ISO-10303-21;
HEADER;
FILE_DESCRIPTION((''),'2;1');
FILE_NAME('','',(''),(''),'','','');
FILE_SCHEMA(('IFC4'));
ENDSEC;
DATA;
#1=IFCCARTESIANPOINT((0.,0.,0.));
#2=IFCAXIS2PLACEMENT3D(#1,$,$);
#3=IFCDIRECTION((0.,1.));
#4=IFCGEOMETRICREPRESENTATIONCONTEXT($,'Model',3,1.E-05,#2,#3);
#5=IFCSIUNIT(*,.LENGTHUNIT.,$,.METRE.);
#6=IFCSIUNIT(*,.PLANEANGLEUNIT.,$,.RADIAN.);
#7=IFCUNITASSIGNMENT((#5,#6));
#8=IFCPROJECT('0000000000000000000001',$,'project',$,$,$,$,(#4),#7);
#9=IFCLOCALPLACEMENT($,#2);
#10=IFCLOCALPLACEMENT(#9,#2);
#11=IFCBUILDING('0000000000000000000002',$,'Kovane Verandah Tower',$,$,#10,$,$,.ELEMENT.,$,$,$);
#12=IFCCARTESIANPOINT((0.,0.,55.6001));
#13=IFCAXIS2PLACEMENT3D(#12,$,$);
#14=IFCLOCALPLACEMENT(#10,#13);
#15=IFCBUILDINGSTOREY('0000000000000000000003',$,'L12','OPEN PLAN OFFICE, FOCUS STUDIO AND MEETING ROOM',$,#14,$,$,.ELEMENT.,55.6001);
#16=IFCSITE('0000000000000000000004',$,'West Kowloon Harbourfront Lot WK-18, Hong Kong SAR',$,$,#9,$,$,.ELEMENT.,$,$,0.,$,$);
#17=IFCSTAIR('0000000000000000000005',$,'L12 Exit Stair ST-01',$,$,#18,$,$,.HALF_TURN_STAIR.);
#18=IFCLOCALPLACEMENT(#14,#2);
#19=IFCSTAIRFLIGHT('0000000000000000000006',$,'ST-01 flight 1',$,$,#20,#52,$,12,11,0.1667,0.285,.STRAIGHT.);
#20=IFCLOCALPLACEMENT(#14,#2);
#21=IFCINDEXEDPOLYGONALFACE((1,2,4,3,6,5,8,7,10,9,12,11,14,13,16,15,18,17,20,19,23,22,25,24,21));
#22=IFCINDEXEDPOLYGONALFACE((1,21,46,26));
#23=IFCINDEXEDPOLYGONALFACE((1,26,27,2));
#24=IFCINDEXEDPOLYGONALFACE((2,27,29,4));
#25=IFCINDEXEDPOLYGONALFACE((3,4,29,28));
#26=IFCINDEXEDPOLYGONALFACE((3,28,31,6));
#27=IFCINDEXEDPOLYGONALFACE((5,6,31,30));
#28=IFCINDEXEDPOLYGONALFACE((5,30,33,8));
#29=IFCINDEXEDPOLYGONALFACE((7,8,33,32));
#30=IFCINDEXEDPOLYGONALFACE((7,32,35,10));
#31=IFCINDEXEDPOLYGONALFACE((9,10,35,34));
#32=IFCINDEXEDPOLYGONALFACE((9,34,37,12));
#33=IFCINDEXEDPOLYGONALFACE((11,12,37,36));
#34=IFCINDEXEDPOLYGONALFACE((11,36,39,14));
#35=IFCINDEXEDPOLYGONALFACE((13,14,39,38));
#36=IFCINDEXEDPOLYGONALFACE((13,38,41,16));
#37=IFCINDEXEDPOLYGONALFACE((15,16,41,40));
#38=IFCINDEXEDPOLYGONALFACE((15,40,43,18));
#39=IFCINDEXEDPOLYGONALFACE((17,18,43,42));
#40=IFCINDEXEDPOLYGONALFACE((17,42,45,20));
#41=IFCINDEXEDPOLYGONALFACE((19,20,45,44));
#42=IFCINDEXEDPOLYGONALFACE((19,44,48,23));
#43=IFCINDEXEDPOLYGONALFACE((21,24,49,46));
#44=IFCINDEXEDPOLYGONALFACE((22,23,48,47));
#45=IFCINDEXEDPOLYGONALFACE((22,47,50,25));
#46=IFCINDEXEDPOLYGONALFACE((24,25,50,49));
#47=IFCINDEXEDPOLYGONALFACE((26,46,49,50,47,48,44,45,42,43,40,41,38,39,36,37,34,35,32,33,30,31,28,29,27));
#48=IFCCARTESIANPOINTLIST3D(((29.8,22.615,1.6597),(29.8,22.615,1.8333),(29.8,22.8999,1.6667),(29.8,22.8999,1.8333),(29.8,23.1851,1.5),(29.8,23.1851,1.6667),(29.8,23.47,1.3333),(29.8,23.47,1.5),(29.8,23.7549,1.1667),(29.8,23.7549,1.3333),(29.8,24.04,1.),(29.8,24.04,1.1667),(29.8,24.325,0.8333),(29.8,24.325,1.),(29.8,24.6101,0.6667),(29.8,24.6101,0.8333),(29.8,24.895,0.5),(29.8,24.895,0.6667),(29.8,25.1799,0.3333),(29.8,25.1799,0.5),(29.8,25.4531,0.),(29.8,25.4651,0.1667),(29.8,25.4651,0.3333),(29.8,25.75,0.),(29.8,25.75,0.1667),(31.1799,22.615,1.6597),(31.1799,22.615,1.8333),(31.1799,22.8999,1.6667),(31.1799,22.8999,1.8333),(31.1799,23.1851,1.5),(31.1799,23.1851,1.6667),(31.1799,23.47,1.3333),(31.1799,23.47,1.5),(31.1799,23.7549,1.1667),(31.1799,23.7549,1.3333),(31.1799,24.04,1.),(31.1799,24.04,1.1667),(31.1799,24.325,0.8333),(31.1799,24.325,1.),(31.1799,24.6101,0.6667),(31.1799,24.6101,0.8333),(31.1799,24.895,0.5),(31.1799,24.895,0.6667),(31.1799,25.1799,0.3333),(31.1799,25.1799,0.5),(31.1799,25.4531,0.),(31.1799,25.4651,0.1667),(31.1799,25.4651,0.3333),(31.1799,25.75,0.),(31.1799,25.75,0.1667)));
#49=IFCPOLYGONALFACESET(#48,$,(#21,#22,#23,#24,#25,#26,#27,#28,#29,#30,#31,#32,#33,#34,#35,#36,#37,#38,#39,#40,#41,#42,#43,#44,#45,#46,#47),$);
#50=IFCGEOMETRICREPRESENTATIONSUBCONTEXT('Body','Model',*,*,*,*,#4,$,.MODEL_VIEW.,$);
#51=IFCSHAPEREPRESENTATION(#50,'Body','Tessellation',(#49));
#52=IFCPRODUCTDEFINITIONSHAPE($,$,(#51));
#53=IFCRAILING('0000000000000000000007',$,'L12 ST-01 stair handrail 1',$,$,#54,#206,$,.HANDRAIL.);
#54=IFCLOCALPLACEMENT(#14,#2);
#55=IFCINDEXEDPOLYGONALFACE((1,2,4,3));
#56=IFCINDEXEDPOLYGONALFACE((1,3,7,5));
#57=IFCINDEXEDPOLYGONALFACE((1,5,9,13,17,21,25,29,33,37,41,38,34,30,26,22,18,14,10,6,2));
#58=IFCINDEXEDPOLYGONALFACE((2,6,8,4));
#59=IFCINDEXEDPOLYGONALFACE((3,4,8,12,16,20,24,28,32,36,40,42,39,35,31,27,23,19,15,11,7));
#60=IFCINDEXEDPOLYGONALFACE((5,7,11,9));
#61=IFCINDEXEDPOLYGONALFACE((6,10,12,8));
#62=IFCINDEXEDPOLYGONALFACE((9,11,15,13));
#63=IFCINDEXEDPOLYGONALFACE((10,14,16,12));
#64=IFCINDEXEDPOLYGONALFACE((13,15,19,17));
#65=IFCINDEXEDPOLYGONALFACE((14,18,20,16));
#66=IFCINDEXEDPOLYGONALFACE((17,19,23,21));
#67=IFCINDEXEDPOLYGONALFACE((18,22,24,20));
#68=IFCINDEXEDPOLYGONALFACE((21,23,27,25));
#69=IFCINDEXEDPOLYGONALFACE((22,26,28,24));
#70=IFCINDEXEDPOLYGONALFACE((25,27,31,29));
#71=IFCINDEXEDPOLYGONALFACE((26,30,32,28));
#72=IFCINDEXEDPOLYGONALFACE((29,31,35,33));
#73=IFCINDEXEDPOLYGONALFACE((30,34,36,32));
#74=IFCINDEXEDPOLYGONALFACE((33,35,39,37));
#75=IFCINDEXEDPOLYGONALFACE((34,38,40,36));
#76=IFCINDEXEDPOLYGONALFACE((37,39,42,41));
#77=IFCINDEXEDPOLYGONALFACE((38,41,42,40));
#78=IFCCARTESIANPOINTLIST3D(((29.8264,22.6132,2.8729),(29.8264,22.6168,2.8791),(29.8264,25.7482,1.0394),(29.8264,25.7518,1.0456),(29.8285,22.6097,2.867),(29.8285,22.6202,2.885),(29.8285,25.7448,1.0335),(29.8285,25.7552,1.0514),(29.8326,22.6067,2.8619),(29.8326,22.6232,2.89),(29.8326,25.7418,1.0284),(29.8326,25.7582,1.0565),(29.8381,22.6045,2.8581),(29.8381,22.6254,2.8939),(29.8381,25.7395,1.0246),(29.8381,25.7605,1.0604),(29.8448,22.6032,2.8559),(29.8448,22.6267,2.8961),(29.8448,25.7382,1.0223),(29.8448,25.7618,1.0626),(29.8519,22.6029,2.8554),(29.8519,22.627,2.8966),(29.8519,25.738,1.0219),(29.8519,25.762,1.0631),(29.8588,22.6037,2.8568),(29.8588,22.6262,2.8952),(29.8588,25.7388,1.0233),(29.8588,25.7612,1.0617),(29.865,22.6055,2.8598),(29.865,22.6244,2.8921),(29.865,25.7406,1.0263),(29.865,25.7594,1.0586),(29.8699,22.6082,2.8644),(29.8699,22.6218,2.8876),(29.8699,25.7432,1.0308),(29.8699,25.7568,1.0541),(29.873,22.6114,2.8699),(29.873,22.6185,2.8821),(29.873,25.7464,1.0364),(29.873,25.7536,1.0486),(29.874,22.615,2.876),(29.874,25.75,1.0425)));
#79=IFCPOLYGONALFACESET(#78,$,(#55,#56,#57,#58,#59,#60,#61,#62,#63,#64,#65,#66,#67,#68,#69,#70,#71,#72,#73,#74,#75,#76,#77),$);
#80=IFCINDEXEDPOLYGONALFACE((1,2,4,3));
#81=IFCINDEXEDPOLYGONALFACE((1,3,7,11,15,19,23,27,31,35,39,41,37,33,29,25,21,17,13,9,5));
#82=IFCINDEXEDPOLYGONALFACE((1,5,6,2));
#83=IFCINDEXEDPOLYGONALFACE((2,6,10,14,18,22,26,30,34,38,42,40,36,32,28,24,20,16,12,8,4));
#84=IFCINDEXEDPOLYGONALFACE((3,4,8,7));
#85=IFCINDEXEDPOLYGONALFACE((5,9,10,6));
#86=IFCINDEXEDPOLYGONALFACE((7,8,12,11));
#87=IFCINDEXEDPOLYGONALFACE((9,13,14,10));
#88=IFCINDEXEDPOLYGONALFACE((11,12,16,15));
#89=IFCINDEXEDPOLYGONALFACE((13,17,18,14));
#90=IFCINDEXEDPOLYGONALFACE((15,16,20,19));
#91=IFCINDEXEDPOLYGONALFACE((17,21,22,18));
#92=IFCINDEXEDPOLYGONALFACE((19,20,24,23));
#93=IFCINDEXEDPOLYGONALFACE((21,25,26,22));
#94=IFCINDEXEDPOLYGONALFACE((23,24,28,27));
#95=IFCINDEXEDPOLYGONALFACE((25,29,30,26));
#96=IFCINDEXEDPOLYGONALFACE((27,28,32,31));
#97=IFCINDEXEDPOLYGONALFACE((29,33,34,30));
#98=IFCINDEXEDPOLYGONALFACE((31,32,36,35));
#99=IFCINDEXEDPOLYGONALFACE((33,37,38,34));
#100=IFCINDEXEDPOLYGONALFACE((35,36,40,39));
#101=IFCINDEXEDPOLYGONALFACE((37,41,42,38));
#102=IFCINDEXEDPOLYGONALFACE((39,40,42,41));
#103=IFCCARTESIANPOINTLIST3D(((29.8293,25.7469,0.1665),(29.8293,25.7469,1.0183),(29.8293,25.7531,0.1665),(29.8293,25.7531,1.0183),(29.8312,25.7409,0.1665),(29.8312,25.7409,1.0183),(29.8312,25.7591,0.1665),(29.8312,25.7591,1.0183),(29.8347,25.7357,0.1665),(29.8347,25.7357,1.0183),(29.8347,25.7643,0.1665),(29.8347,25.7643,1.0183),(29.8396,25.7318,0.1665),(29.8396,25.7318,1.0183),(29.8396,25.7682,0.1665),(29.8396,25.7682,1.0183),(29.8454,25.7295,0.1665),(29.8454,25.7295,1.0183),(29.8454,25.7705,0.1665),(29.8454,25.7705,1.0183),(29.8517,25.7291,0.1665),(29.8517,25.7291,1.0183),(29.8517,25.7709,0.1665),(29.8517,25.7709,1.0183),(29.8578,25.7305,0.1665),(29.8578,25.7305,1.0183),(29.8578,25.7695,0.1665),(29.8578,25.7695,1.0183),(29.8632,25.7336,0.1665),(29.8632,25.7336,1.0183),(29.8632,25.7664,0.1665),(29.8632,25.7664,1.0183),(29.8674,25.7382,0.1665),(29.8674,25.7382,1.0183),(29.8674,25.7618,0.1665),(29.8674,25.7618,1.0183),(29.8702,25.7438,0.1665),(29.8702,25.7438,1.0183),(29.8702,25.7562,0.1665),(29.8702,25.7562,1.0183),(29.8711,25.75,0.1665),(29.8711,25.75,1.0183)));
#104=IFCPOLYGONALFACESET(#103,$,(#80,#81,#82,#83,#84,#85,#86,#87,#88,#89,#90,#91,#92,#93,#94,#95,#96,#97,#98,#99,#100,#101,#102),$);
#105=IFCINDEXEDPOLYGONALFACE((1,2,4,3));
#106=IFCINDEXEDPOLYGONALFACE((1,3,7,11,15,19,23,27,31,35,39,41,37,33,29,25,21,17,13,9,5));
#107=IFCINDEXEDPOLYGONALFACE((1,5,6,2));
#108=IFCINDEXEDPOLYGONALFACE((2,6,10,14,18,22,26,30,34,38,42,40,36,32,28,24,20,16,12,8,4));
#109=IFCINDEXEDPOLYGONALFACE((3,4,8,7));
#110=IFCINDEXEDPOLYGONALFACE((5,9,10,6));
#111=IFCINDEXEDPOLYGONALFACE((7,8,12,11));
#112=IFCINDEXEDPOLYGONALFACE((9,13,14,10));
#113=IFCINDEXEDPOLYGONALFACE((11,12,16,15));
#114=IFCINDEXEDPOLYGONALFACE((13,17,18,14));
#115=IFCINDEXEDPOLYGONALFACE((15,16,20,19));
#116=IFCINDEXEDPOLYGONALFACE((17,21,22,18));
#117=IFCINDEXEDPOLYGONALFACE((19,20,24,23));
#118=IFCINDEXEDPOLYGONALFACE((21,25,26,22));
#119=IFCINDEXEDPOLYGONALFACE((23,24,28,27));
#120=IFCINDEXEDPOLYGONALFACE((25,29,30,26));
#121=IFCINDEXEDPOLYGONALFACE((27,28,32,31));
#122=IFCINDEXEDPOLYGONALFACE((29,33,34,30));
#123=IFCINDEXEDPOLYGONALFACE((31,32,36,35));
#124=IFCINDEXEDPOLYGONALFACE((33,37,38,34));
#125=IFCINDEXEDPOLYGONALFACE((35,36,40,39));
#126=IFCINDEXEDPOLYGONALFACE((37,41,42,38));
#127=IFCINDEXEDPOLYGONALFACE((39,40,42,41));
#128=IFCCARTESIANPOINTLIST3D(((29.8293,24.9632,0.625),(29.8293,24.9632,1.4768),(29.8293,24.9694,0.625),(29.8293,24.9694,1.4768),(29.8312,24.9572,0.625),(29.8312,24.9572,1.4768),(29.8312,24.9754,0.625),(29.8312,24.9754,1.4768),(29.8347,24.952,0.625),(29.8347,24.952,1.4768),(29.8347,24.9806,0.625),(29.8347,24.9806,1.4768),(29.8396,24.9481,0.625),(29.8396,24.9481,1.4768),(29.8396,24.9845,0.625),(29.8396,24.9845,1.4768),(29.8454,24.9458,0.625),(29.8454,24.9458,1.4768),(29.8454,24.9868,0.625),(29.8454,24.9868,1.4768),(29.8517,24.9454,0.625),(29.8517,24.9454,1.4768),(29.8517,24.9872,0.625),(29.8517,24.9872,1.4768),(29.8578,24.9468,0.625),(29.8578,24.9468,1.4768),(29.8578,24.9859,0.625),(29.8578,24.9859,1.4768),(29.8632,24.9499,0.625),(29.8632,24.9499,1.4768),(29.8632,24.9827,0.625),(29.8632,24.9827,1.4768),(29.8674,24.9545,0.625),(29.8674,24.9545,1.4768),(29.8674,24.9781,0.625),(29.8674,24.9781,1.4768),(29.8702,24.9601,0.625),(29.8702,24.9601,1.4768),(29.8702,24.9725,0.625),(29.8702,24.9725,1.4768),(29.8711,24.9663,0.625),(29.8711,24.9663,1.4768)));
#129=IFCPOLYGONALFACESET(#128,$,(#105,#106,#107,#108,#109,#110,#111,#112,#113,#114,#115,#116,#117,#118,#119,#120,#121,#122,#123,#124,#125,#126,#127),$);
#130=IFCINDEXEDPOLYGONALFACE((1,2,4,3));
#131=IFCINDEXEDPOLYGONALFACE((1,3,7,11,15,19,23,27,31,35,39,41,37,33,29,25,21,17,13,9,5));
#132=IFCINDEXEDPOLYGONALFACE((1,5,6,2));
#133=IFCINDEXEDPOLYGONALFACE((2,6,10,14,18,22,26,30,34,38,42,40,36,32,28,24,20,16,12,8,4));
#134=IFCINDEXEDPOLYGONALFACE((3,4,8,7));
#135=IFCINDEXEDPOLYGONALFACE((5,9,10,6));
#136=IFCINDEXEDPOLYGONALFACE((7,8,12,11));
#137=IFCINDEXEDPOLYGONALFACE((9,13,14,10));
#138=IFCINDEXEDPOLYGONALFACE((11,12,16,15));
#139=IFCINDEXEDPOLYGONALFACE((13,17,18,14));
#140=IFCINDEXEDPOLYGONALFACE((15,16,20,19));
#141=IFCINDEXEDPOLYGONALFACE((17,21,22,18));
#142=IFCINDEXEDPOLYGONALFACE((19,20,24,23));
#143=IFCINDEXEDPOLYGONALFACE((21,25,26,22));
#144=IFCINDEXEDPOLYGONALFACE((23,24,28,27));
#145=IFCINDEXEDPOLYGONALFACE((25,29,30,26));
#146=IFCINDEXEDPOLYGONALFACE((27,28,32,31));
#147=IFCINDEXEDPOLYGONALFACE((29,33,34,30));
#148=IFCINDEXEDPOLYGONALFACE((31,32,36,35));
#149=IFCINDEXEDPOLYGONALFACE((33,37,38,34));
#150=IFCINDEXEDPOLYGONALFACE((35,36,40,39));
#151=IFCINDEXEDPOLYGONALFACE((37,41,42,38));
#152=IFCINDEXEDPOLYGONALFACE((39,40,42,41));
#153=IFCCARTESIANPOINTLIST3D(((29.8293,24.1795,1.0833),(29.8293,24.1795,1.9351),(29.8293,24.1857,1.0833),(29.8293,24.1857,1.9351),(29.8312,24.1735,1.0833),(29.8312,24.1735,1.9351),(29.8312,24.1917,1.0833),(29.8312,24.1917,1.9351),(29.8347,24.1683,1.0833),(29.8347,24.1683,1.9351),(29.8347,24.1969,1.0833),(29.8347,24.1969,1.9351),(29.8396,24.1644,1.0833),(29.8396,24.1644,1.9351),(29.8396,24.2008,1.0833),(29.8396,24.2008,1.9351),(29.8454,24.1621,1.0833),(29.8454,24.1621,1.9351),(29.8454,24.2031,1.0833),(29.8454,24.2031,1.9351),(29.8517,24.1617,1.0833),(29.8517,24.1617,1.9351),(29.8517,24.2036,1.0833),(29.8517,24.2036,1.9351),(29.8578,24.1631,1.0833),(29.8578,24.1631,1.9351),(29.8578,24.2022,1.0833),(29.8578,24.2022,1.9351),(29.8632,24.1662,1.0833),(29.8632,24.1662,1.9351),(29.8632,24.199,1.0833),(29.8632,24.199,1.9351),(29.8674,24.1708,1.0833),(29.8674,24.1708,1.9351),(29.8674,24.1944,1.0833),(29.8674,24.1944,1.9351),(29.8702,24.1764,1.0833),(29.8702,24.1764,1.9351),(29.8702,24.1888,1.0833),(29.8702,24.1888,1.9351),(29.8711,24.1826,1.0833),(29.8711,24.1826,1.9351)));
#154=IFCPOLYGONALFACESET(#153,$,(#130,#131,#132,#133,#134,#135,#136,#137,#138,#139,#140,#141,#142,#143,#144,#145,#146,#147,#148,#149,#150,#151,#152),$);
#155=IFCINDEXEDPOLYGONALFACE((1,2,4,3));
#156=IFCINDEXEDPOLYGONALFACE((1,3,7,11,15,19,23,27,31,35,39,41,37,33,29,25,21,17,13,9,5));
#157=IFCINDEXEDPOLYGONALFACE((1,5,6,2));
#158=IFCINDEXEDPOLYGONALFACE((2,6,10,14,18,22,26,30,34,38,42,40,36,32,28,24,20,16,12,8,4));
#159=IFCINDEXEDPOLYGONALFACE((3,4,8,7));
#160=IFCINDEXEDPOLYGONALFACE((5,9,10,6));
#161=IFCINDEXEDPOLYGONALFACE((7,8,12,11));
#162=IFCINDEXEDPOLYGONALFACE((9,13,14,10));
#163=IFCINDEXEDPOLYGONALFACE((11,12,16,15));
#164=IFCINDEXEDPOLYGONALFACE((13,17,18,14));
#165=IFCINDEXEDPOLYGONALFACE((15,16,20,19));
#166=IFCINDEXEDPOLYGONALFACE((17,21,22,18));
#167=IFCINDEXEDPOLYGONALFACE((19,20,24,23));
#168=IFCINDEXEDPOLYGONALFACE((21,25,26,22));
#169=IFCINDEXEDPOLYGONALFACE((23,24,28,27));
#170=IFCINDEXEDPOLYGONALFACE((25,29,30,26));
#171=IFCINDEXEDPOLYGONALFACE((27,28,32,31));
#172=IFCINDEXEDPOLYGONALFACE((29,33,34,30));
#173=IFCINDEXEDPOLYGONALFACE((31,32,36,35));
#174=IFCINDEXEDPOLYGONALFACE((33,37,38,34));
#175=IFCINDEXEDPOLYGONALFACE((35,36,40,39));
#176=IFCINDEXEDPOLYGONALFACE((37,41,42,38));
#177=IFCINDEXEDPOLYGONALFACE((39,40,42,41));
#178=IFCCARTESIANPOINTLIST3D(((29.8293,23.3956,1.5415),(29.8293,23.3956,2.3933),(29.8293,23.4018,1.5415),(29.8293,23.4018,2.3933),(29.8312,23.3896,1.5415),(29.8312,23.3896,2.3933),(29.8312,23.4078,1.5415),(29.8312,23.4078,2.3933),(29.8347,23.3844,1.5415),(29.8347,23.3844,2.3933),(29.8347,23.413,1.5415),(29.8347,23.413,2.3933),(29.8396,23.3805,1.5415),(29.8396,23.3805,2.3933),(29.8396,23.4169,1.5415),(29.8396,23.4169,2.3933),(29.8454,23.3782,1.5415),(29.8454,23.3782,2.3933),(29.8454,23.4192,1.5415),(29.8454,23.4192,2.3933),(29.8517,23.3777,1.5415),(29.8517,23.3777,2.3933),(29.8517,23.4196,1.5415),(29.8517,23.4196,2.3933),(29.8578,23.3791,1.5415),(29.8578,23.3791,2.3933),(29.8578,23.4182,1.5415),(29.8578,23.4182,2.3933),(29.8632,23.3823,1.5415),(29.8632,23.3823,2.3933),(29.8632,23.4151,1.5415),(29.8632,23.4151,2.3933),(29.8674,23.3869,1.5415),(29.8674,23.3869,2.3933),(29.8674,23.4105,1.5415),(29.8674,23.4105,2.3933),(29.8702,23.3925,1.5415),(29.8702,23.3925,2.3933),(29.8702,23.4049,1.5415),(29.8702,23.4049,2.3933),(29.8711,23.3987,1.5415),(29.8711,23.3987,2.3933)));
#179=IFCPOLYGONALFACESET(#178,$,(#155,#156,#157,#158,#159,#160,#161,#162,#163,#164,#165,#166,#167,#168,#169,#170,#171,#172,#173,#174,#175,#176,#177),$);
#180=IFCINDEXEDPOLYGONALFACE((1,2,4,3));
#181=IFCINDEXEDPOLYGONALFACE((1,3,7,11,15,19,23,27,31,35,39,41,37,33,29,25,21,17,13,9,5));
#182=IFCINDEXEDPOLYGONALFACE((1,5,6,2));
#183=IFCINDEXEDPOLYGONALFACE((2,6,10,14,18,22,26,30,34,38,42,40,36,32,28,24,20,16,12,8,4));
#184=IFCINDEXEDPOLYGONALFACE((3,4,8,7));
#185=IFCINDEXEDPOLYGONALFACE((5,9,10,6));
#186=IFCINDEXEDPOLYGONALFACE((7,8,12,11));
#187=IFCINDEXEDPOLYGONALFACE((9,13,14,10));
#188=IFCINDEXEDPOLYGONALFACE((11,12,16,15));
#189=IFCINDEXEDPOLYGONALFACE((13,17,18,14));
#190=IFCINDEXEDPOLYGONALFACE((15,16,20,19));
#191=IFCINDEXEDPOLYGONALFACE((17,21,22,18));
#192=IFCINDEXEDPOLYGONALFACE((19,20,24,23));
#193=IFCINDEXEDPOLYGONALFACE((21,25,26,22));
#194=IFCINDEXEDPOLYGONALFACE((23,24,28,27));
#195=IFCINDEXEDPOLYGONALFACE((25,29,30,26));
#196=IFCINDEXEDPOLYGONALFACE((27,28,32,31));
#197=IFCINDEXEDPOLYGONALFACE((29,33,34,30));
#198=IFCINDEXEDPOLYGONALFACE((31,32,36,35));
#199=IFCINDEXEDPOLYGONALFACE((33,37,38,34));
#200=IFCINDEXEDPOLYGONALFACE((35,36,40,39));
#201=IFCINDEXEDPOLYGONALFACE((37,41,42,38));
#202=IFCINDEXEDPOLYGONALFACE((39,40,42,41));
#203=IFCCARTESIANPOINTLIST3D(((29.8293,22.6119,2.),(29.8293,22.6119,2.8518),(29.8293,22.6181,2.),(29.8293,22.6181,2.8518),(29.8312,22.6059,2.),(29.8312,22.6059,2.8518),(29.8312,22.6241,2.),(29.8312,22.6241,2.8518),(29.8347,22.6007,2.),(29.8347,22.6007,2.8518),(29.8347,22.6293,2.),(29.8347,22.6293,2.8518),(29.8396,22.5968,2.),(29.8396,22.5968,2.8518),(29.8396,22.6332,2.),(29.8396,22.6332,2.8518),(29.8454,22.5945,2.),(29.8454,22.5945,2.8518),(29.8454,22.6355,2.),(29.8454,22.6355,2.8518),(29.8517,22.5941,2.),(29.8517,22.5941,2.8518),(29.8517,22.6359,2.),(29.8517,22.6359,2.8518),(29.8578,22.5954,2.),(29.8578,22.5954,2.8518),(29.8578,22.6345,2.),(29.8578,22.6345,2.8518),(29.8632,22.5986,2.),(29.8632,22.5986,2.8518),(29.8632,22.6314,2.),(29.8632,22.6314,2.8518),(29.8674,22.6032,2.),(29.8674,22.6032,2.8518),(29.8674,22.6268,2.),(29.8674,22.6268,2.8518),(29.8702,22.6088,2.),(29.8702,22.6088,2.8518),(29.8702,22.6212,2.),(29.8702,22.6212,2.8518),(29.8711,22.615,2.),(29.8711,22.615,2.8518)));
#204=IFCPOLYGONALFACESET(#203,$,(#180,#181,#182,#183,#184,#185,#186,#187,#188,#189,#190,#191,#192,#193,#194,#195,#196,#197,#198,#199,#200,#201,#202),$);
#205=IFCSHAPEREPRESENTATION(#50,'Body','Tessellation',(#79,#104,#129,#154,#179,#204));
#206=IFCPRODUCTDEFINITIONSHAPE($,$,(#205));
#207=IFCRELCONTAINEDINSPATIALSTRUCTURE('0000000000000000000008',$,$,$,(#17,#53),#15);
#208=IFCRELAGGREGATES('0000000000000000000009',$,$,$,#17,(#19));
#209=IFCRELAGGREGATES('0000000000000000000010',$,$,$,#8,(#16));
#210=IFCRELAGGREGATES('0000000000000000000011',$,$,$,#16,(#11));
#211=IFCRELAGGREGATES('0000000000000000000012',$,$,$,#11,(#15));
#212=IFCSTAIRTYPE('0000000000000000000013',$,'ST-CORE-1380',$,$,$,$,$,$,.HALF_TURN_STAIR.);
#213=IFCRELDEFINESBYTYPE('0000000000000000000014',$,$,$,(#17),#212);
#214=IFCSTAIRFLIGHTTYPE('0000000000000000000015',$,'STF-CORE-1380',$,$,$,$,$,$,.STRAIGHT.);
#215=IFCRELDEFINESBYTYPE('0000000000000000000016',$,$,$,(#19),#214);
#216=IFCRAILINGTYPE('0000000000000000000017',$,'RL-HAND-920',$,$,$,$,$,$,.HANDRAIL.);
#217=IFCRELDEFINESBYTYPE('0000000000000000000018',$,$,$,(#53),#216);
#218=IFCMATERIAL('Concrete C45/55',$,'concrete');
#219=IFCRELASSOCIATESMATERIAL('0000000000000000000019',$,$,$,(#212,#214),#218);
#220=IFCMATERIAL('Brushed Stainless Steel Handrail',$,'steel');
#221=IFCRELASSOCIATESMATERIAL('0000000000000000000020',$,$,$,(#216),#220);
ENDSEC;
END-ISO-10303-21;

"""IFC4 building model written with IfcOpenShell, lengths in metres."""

from ifc_helpers import new_model, si_unit, direction, frame, origin, origin_2d, place, context, subcontext, project, spatial, polyline, circle, outline, extrude, material, type_object, element, aggregate, save


model = new_model("IFC4")

# Units and contexts
model_context = context("Model", 3, precision=1e-05, world=origin(), true_north=direction((0.0, 1.0)))
body_context = subcontext(model_context, "Body", "Model", "MODEL_VIEW")
ifc_project = project(units=[si_unit("LENGTHUNIT", "METRE"), si_unit("PLANEANGLEUNIT", "RADIAN")], contexts=[model_context])

# Site, building, storey
site_placement = place(None, origin())
site = spatial("IfcSite", under=ifc_project, at=site_placement, Name="West Kowloon Harbourfront Lot WK-18, Hong Kong SAR", CompositionType="ELEMENT", RefElevation=0.0)
building_placement = place(site_placement, origin())
building = spatial("IfcBuilding", under=site, at=building_placement, Name="Kovane Verandah Tower", CompositionType="ELEMENT")
storey_placement = place(building_placement, frame((0.0, 0.0, 55.6001)))
storey = spatial("IfcBuildingStorey", under=building, at=storey_placement, Name="L12", Description="OPEN PLAN OFFICE, FOCUS STUDIO AND MEETING ROOM", CompositionType="ELEMENT", Elevation=55.6001)

# Shared definitions
ifc_material_1 = material(Name="Concrete C45/55", Category="concrete")

# Stair, stair flight
stair_type = type_object("IfcStairType", Name="ST-CORE-1380", PredefinedType="HALF_TURN_STAIR", material=ifc_material_1)
stair_placement = place(storey_placement, origin())
stair = element("IfcStair", 1, at=stair_placement, inside=storey, type_object=stair_type, Name="L12 Exit Stair ST-01", PredefinedType="HALF_TURN_STAIR")
stair_flight_type = type_object("IfcStairFlightType", Name="STF-CORE-1380", PredefinedType="STRAIGHT", material=ifc_material_1)
stair_flight_placement = place(storey_placement, frame((30.49, 25.75, 0.0), z_axis=(0.0, 0.0, 1.0), x_axis=(0.0, -1.0, 0.0)))
stair_flight = element("IfcStairFlight", 2, at=stair_flight_placement, type_object=stair_flight_type, Name="ST-01 flight 1", NumberOfRisers=12, NumberOfTreads=11, PredefinedType="STRAIGHT", RiserHeight=0.1667, TreadLength=0.285, context=body_context, shape_type="SweptSolid", body=[
    extrude(outline(polyline([(0.0, 0.0), (0.0, 0.1667), (0.2849, 0.1667), (0.2849, 0.3333), (0.5701, 0.3333), (0.5701, 0.5), (0.855, 0.5), (0.855, 0.6667), (1.1399, 0.6667), (1.1399, 0.8333), (1.425, 0.8333), (1.425, 1.0), (1.71, 1.0), (1.71, 1.1667), (1.9951, 1.1667), (1.9951, 1.3333), (2.28, 1.3333), (2.28, 1.5), (2.5649, 1.5), (2.5649, 1.6667), (2.8501, 1.6667), (2.8501, 1.8333), (3.135, 1.8333), (3.135, 2.0), (3.135, 1.6597), (0.2969, 0.0), (0.0, 0.0)])), frame((0.0, 0.6899, 0.0), z_axis=(0.0, -1.0, 0.0), x_axis=(1.0, 0.0, 0.0)), (0.0, 0.0, 1.0), 1.3799),
])
aggregate(stair, [stair_flight])

# Railing
ifc_material_2 = material(Name="Brushed Stainless Steel Handrail", Category="steel")
railing_type_1 = type_object("IfcRailingType", Name="RL-HAND-920", PredefinedType="HANDRAIL", material=ifc_material_2)
railing_1_placement = place(storey_placement, frame((29.8501, 25.75, 0.1665)))
element("IfcRailing", 3, at=railing_1_placement, inside=storey, type_object=railing_type_1, Name="L12 ST-01 stair handrail 1", PredefinedType="HANDRAIL", context=body_context, shape_type="SweptSolid", body=[
    extrude(circle(Radius=0.0239, at=origin_2d()), frame((0.0, 0.0, 0.876), z_axis=(0.0, -0.86321, 0.504845), x_axis=(1.0, 0.0, 0.0)), (0.0, 0.0, 1.0), 3.6318),
    extrude(circle(Radius=0.021, at=origin_2d()), origin(), (0.0, 0.0, 1.0), 0.8518),
    extrude(circle(Radius=0.021, at=origin_2d()), frame((0.0, -0.7837, 0.4585)), (0.0, 0.0, 1.0), 0.8518),
    extrude(circle(Radius=0.021, at=origin_2d()), frame((0.0, -1.5674, 0.9167)), (0.0, 0.0, 1.0), 0.8518),
    extrude(circle(Radius=0.021, at=origin_2d()), frame((0.0, -2.3513, 1.375)), (0.0, 0.0, 1.0), 0.8518),
    extrude(circle(Radius=0.021, at=origin_2d()), frame((0.0, -3.135, 1.8335)), (0.0, 0.0, 1.0), 0.8518),
])

save(model, "model.ifc")
